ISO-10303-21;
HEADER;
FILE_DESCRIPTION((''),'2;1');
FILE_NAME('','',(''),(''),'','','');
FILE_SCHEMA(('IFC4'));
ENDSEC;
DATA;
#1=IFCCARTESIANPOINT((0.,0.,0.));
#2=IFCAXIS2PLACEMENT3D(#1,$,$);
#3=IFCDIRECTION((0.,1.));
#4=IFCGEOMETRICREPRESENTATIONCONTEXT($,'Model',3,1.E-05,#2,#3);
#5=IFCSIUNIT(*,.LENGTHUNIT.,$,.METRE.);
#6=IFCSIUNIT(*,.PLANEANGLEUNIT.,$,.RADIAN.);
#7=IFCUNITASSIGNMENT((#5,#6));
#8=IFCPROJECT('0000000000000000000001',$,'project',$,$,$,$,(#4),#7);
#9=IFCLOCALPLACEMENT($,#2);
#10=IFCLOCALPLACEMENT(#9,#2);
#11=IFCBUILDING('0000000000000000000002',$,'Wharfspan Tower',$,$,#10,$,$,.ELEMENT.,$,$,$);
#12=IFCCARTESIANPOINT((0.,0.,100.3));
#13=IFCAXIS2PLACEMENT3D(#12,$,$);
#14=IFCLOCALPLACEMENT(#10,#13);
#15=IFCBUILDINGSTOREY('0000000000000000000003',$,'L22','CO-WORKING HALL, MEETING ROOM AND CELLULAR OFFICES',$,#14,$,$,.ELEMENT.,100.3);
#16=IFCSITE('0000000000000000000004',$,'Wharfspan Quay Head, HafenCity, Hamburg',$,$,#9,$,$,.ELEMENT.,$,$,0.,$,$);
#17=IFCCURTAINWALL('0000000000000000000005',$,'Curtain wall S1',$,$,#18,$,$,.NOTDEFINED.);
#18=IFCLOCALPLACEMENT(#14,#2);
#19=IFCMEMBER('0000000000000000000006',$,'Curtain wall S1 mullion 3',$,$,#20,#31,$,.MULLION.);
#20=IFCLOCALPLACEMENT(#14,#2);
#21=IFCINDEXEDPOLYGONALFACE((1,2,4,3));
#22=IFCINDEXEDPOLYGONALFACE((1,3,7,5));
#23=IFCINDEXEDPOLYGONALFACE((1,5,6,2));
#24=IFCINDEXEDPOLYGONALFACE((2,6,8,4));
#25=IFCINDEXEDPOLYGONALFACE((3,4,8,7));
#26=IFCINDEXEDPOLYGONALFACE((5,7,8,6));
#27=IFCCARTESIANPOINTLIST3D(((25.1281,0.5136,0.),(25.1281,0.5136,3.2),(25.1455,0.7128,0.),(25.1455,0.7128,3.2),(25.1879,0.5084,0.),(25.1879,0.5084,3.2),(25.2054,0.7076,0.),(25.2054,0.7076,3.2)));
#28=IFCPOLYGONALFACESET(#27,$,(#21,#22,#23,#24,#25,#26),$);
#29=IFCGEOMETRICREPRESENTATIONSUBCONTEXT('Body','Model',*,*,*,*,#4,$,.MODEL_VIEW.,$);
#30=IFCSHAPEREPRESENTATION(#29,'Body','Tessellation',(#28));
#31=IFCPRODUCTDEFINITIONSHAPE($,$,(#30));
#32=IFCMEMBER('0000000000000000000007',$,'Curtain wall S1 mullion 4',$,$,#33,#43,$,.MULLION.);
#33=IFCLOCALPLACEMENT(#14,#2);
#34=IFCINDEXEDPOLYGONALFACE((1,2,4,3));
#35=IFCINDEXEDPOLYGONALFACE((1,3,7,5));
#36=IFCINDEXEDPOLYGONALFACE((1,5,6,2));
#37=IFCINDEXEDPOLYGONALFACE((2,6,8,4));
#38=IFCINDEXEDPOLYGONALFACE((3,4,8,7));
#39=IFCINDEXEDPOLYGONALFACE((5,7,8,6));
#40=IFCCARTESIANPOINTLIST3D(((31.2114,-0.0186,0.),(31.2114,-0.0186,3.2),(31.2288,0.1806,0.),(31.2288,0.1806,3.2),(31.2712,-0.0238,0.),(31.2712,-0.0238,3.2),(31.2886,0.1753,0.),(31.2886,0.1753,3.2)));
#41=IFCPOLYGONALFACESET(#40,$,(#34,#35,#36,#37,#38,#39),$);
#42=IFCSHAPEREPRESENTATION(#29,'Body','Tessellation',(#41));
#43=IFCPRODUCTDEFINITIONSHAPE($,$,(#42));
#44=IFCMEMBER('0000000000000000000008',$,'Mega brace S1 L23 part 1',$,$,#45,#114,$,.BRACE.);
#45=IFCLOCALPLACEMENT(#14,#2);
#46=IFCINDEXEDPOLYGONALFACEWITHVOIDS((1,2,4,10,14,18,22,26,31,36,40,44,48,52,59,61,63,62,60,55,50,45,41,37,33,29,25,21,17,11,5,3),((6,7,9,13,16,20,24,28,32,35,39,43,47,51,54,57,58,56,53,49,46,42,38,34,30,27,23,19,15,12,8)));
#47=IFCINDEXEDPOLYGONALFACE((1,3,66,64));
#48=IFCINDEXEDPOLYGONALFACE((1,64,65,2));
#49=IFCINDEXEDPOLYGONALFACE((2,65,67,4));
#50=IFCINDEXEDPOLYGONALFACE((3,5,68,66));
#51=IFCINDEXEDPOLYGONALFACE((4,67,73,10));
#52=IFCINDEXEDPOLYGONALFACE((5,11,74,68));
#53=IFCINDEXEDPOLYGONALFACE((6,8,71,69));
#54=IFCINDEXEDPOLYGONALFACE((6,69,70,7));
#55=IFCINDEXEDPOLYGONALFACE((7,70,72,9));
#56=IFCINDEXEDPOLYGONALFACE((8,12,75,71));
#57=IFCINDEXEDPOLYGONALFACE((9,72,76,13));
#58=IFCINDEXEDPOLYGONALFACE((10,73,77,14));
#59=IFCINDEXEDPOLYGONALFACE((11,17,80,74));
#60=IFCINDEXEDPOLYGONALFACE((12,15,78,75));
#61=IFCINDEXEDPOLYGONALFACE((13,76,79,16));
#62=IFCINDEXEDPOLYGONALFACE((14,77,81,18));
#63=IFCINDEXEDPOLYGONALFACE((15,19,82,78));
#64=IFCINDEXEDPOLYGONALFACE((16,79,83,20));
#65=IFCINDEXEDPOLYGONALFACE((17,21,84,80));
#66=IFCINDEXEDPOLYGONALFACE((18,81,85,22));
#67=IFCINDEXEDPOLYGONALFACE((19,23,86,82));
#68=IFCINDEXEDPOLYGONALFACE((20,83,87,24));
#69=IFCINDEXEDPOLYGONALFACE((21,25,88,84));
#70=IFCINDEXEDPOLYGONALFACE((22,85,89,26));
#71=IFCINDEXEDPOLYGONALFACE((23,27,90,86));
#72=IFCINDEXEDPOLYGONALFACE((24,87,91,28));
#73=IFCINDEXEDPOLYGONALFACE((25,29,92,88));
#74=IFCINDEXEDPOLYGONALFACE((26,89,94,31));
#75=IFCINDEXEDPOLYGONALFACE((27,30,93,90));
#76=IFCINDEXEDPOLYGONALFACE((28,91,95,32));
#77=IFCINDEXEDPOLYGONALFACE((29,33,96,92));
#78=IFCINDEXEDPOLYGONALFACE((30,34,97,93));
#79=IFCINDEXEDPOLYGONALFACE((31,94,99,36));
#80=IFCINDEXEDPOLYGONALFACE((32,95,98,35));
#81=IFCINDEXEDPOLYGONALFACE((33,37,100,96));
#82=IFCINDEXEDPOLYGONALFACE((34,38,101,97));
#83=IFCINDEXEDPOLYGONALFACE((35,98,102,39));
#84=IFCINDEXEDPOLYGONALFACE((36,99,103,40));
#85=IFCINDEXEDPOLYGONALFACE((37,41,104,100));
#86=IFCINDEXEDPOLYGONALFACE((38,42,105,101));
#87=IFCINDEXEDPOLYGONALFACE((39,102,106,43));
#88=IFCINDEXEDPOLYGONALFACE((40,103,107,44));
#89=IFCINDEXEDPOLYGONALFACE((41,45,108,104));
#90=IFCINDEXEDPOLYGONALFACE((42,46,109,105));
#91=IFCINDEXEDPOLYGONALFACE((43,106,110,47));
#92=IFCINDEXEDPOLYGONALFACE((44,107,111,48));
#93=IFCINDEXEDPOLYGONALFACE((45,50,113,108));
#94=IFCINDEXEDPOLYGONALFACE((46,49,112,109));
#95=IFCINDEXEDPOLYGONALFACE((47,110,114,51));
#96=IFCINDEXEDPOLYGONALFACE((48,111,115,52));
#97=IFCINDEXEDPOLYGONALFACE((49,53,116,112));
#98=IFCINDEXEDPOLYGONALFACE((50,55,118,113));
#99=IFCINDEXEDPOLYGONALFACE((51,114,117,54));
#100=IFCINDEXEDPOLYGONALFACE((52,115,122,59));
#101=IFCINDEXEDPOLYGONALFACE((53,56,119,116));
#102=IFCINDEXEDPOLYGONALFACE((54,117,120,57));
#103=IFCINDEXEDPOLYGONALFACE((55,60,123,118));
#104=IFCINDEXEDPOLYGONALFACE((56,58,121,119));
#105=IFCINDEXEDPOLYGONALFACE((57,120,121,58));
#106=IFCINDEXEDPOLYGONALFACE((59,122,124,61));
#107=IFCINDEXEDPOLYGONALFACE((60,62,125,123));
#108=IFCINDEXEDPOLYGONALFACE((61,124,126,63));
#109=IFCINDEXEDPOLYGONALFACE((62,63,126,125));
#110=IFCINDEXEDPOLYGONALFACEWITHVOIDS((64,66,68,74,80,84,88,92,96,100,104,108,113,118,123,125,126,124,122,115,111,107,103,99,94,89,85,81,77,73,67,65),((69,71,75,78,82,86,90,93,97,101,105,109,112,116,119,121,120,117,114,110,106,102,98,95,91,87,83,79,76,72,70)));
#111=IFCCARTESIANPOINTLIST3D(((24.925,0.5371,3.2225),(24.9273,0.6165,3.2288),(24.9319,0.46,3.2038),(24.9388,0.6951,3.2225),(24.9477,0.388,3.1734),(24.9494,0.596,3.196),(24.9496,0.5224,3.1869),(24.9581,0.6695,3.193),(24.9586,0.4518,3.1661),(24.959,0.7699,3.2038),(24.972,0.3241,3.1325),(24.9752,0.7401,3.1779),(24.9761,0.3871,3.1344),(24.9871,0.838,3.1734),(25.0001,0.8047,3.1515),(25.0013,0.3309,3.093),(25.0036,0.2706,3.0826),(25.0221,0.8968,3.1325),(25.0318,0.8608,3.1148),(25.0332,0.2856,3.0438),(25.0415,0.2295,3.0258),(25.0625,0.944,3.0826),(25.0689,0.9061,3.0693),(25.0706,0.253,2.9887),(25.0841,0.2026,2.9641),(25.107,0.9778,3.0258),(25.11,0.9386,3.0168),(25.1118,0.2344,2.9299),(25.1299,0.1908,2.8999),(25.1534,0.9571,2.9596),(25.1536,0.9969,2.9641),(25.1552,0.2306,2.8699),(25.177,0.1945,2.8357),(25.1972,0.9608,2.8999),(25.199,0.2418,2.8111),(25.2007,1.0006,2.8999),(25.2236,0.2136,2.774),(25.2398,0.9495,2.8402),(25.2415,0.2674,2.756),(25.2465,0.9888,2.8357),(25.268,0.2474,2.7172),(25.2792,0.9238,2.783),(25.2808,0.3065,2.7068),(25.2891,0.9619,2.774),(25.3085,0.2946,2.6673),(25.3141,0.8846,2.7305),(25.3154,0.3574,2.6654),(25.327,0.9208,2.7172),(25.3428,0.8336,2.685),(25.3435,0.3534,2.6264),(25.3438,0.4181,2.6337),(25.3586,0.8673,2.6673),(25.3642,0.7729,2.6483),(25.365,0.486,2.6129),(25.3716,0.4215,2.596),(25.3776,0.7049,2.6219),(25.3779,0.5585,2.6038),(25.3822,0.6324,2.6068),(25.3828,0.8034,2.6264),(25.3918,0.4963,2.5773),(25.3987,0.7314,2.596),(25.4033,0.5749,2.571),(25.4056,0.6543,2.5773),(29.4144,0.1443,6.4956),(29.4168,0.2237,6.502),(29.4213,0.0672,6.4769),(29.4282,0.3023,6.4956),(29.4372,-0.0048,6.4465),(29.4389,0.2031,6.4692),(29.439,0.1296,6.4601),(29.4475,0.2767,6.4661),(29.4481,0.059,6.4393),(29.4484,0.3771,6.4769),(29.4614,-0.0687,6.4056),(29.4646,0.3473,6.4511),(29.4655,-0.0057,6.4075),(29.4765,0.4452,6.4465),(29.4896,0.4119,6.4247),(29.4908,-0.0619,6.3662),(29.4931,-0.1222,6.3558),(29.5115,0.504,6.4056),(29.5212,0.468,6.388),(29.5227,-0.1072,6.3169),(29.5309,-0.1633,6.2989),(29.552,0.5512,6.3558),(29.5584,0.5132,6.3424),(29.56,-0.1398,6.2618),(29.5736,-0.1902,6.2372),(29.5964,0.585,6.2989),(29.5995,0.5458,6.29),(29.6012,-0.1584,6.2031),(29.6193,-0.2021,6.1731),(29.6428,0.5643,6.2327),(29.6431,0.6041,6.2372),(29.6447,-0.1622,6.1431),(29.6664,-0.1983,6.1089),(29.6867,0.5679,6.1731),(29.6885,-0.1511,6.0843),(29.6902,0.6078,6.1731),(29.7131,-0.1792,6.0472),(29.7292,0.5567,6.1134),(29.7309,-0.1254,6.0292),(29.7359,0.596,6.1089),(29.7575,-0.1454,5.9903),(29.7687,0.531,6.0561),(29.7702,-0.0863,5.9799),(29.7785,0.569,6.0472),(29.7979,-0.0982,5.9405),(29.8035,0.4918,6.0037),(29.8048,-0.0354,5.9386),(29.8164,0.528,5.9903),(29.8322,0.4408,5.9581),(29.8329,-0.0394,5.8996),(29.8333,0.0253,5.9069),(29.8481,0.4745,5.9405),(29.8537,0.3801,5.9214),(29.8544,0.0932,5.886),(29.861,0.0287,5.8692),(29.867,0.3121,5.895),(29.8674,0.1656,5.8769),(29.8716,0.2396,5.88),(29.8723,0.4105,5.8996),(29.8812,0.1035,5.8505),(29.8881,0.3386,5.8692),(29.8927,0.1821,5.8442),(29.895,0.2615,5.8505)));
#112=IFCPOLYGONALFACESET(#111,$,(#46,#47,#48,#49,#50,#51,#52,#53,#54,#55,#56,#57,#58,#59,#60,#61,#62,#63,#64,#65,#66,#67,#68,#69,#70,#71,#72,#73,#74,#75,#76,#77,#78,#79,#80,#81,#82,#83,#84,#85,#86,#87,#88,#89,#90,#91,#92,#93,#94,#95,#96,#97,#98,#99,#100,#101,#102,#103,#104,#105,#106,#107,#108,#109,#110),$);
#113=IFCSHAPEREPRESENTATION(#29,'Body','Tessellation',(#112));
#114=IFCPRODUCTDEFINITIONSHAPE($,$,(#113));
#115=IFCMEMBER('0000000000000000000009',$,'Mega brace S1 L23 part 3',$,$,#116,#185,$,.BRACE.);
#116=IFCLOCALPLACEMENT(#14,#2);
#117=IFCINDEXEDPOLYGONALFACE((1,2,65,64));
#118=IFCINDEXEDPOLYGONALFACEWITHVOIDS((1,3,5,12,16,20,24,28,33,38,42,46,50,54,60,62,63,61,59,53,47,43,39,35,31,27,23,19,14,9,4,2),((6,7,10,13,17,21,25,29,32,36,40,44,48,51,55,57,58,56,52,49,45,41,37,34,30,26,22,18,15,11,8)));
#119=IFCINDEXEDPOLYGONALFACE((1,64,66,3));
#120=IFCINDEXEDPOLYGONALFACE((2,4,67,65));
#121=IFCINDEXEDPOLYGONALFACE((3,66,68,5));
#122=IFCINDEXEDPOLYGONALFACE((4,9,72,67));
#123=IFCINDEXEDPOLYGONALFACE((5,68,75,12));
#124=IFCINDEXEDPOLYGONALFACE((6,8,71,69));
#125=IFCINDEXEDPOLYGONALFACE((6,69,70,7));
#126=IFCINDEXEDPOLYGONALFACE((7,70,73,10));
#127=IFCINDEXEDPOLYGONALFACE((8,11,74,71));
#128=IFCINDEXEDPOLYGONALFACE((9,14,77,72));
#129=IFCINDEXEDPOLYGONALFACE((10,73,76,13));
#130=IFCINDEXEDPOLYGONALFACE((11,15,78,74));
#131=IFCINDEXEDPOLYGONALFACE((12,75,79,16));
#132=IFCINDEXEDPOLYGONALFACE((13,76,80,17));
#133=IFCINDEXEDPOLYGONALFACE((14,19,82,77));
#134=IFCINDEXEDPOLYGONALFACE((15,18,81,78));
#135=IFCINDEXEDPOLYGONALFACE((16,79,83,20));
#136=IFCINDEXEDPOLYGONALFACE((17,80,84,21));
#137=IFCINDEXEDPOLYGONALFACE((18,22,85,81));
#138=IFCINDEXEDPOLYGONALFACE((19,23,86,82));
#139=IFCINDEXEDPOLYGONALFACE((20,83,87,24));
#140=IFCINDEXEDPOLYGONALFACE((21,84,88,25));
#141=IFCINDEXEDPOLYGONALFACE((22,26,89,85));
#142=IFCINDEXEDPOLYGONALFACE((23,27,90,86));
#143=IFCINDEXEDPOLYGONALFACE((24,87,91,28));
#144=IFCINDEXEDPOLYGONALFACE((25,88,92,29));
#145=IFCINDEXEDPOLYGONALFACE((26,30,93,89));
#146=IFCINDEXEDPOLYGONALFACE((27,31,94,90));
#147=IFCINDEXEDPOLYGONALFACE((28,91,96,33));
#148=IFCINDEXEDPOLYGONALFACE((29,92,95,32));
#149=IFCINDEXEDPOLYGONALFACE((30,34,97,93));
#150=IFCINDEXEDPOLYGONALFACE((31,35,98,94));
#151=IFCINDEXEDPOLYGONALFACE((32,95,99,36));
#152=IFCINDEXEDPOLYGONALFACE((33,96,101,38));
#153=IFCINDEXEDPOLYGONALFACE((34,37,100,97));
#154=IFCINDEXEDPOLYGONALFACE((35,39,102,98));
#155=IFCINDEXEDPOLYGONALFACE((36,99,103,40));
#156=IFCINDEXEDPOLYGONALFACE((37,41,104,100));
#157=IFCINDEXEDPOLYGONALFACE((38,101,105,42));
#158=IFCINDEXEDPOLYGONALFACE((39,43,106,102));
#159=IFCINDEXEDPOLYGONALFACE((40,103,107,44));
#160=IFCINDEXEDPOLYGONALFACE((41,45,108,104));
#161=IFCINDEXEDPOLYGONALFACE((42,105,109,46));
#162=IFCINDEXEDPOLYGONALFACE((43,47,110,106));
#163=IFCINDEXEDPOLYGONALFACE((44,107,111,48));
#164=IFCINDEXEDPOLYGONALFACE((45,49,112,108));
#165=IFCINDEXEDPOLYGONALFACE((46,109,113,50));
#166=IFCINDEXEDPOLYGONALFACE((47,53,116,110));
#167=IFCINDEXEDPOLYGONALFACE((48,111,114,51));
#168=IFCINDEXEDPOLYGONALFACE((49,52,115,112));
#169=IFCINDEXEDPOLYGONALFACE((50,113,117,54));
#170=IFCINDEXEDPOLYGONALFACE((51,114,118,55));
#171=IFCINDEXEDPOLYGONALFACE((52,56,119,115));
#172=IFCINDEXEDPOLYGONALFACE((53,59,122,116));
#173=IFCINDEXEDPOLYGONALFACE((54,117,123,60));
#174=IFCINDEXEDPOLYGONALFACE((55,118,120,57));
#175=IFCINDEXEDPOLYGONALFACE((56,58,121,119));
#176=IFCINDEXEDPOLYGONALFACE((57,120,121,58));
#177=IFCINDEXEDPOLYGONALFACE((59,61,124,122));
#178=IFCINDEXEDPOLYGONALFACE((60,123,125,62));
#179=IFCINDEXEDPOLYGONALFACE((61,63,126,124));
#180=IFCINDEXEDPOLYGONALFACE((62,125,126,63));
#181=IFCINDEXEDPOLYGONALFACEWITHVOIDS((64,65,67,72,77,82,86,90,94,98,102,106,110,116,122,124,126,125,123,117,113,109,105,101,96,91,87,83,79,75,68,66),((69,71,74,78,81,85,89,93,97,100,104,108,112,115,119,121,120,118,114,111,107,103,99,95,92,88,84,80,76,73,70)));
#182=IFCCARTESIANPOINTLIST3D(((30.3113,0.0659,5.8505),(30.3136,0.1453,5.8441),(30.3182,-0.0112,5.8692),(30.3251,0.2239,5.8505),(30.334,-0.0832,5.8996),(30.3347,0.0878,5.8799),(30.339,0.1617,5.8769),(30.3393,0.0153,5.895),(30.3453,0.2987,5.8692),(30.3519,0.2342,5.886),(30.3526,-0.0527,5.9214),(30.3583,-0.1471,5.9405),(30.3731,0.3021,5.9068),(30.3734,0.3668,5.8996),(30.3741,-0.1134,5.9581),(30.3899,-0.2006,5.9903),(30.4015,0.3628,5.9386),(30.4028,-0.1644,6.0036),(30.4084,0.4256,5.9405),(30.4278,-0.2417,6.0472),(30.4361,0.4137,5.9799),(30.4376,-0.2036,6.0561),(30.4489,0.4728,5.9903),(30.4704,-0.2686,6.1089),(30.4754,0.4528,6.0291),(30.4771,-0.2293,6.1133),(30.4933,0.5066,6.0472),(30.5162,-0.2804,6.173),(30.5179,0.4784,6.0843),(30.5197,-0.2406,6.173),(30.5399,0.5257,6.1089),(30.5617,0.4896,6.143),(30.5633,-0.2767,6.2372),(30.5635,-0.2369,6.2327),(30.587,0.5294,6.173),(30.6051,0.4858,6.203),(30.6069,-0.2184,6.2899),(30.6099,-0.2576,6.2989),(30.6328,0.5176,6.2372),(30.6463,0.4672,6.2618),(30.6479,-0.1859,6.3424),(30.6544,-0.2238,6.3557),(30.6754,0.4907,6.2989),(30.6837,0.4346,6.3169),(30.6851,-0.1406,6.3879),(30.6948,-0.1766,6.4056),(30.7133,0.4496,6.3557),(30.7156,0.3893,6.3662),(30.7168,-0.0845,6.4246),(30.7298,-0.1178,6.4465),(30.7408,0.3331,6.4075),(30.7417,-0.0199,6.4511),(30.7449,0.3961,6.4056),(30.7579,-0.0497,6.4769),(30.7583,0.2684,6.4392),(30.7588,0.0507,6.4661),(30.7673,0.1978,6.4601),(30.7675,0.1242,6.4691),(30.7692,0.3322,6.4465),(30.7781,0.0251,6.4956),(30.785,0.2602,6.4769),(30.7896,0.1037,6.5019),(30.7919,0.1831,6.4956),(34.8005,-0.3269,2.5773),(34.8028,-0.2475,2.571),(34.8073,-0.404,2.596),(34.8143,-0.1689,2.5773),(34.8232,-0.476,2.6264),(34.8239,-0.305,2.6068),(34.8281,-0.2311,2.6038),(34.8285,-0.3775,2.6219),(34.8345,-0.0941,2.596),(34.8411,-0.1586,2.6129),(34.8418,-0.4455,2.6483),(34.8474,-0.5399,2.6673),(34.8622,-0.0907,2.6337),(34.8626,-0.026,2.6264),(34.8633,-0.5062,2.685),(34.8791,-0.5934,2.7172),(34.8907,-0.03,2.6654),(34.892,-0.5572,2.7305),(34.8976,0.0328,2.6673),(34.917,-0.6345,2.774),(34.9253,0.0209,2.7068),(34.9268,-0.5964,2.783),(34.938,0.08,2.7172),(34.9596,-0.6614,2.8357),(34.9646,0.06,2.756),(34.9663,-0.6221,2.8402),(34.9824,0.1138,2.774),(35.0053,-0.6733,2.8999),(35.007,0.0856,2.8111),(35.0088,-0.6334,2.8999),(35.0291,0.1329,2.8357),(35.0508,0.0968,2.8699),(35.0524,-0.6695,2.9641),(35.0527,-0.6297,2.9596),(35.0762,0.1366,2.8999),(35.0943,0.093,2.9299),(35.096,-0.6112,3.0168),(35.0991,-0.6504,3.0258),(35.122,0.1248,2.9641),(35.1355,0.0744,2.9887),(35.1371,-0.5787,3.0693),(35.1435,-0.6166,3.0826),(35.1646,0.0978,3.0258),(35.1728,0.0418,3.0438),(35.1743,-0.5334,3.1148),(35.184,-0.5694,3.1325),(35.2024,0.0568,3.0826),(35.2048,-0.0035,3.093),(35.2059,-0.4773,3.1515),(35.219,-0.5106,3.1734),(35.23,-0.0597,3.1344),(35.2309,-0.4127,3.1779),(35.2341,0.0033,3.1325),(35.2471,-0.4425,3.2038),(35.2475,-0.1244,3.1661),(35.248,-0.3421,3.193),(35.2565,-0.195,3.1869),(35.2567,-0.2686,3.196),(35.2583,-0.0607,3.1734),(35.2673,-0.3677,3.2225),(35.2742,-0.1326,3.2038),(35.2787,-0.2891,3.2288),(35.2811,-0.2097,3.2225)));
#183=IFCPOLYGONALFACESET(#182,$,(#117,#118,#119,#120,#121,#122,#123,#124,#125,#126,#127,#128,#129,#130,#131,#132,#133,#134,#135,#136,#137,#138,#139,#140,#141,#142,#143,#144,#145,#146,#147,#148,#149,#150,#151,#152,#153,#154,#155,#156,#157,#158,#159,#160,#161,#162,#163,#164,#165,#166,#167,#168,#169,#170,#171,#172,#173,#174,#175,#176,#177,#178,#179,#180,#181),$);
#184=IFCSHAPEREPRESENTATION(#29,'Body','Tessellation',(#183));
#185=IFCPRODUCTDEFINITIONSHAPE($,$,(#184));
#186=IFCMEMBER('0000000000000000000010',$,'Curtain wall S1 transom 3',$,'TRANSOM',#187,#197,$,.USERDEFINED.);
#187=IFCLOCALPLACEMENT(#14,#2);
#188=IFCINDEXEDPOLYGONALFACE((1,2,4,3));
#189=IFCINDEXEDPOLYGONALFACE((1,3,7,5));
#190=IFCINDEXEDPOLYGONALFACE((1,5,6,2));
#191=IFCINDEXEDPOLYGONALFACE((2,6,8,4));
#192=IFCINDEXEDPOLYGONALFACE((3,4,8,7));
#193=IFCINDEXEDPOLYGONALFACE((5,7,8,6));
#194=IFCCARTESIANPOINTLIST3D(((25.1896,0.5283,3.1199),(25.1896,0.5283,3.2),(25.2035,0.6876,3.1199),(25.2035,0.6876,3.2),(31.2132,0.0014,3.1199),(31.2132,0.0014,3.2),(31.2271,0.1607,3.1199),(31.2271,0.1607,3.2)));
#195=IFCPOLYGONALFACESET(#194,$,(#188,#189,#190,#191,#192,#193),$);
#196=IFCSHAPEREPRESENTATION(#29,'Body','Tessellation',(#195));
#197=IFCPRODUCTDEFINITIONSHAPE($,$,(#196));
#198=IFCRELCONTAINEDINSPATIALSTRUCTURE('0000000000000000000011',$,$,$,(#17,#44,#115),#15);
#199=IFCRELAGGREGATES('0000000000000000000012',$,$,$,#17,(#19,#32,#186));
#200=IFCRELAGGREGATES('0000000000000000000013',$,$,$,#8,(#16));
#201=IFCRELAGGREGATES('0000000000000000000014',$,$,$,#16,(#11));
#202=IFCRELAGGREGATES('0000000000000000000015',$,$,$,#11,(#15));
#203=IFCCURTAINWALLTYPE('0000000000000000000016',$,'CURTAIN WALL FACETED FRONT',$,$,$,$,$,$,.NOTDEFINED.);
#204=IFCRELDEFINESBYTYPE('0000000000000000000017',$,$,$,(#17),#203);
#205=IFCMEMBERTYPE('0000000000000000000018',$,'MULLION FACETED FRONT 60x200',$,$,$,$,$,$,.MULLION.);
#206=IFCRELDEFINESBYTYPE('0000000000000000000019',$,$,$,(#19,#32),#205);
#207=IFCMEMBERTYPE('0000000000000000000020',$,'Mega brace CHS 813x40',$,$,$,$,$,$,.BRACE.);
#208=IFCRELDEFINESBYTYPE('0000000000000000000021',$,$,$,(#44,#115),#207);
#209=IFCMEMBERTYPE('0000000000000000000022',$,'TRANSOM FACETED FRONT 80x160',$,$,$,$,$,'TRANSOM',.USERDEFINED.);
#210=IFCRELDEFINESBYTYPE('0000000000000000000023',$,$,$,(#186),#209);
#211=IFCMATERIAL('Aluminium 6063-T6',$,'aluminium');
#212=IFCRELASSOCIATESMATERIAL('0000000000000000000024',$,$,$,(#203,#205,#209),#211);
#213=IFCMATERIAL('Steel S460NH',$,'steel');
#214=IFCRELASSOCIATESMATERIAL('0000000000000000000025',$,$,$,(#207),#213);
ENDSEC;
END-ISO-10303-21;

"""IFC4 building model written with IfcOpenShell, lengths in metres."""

from ifc_helpers import new_model, si_unit, direction, frame, origin, origin_2d, place, context, subcontext, project, spatial, rectangle, hollow_circle, extrude, material, material_profile, profile_set, type_object, element, aggregate, save


model = new_model("IFC4")

# Units and contexts
model_context = context("Model", 3, precision=1e-05, world=origin(), true_north=direction((0.0, 1.0)))
body_context = subcontext(model_context, "Body", "Model", "MODEL_VIEW")
ifc_project = project(units=[si_unit("LENGTHUNIT", "METRE"), si_unit("PLANEANGLEUNIT", "RADIAN")], contexts=[model_context])

# Site, building, storey
site_placement = place(None, origin())
site = spatial("IfcSite", under=ifc_project, at=site_placement, Name="Wharfspan Quay Head, HafenCity, Hamburg", CompositionType="ELEMENT", RefElevation=0.0)
building_placement = place(site_placement, origin())
building = spatial("IfcBuilding", under=site, at=building_placement, Name="Wharfspan Tower", CompositionType="ELEMENT")
storey_placement = place(building_placement, frame((0.0, 0.0, 100.3)))
storey = spatial("IfcBuildingStorey", under=building, at=storey_placement, Name="L22", Description="CO-WORKING HALL, MEETING ROOM AND CELLULAR OFFICES", CompositionType="ELEMENT", Elevation=100.3)

# Curtain wall, members
ifc_material_1 = material(Name="Aluminium 6063-T6", Category="aluminium")
curtain_wall_type = type_object("IfcCurtainWallType", Name="CURTAIN WALL FACETED FRONT", PredefinedType="NOTDEFINED", material=ifc_material_1)
curtain_wall_placement = place(storey_placement, origin())
curtain_wall = element("IfcCurtainWall", 1, at=curtain_wall_placement, inside=storey, type_object=curtain_wall_type, Name="Curtain wall S1", PredefinedType="NOTDEFINED")
ifc_material_profile_1 = material_profile(ifc_material_1, rectangle(XDim=0.2, YDim=0.0601, at=origin_2d()))
ifc_profile_set_1 = profile_set([ifc_material_profile_1], Name="Aluminium 6063-T6")
member_type_1 = type_object("IfcMemberType", Name="MULLION FACETED FRONT 60x200", PredefinedType="MULLION", material=ifc_profile_set_1)
member_1_placement = place(storey_placement, frame((25.1667, 0.6106, 0.0), z_axis=(0.0, 0.0, 1.0), x_axis=(0.087156, 0.996198, 0.0)))
member_1 = element("IfcMember", 2, at=member_1_placement, type_object=member_type_1, Name="Curtain wall S1 mullion 3", PredefinedType="MULLION", context=body_context, shape_type="SweptSolid", body=[
    extrude(rectangle(XDim=0.2, YDim=0.0601, at=origin_2d()), origin(), (0.0, 0.0, 1.0), 3.2),
])
member_2_placement = place(storey_placement, frame((31.25, 0.0784, 0.0), z_axis=(0.0, 0.0, 1.0), x_axis=(0.087156, 0.996198, 0.0)))
member_2 = element("IfcMember", 3, at=member_2_placement, type_object=member_type_1, Name="Curtain wall S1 mullion 4", PredefinedType="MULLION", context=body_context, shape_type="SweptSolid", body=[
    extrude(rectangle(XDim=0.2, YDim=0.0601, at=origin_2d()), origin(), (0.0, 0.0, 1.0), 3.2),
])

# Members
ifc_material_2 = material(Name="Steel S460NH", Category="steel")
ifc_material_profile_2 = material_profile(ifc_material_2, hollow_circle(Radius=0.4065, WallThickness=0.04, at=origin_2d()))
ifc_profile_set_2 = profile_set([ifc_material_profile_2], Name="Steel S460NH")
member_type_2 = type_object("IfcMemberType", Name="Mega brace CHS 813x40", PredefinedType="BRACE", material=ifc_profile_set_2)
member_3_placement = place(storey_placement, frame((25.1653, 0.5957, 2.8999), z_axis=(0.80603, -0.070526, 0.587658), x_axis=(0.087167, 0.996192, -0.000003)))
element("IfcMember", 4, at=member_3_placement, inside=storey, type_object=member_type_2, Name="Mega brace S1 L23 part 1", PredefinedType="BRACE", context=body_context, shape_type="SweptSolid", body=[
    extrude(hollow_circle(Radius=0.4065, WallThickness=0.04, at=origin_2d()), origin(), (0.0, 0.0, 1.0), 5.5698),
])
member_4_placement = place(storey_placement, frame((35.0408, -0.2683, 2.8999), z_axis=(-0.806015, 0.070528, 0.587679), x_axis=(-0.087171, -0.996191, -0.000003)))
element("IfcMember", 5, at=member_4_placement, inside=storey, type_object=member_type_2, Name="Mega brace S1 L23 part 3", PredefinedType="BRACE", context=body_context, shape_type="SweptSolid", body=[
    extrude(hollow_circle(Radius=0.4065, WallThickness=0.04, at=origin_2d()), origin(), (0.0, 0.0, 1.0), 5.5696),
])

# Member
ifc_material_profile_3 = material_profile(ifc_material_1, rectangle(XDim=0.1599, YDim=0.0801, at=origin_2d()))
ifc_profile_set_3 = profile_set([ifc_material_profile_3], Name="Aluminium 6063-T6")
member_type_3 = type_object("IfcMemberType", Name="TRANSOM FACETED FRONT 80x160", ElementType="TRANSOM", PredefinedType="USERDEFINED", material=ifc_profile_set_3)
member_5_placement = place(storey_placement, frame((25.1965, 0.6079, 3.1599), z_axis=(0.996197, -0.087131, 0.0), x_axis=(0.087131, 0.996197, 0.0)))
member_5 = element("IfcMember", 6, at=member_5_placement, type_object=member_type_3, Name="Curtain wall S1 transom 3", ObjectType="TRANSOM", PredefinedType="USERDEFINED", context=body_context, shape_type="SweptSolid", body=[
    extrude(rectangle(XDim=0.1599, YDim=0.0801, at=origin_2d()), origin(), (0.0, 0.0, 1.0), 6.0466),
])

aggregate(curtain_wall, [member_1, member_2, member_5])

save(model, "model.ifc")
